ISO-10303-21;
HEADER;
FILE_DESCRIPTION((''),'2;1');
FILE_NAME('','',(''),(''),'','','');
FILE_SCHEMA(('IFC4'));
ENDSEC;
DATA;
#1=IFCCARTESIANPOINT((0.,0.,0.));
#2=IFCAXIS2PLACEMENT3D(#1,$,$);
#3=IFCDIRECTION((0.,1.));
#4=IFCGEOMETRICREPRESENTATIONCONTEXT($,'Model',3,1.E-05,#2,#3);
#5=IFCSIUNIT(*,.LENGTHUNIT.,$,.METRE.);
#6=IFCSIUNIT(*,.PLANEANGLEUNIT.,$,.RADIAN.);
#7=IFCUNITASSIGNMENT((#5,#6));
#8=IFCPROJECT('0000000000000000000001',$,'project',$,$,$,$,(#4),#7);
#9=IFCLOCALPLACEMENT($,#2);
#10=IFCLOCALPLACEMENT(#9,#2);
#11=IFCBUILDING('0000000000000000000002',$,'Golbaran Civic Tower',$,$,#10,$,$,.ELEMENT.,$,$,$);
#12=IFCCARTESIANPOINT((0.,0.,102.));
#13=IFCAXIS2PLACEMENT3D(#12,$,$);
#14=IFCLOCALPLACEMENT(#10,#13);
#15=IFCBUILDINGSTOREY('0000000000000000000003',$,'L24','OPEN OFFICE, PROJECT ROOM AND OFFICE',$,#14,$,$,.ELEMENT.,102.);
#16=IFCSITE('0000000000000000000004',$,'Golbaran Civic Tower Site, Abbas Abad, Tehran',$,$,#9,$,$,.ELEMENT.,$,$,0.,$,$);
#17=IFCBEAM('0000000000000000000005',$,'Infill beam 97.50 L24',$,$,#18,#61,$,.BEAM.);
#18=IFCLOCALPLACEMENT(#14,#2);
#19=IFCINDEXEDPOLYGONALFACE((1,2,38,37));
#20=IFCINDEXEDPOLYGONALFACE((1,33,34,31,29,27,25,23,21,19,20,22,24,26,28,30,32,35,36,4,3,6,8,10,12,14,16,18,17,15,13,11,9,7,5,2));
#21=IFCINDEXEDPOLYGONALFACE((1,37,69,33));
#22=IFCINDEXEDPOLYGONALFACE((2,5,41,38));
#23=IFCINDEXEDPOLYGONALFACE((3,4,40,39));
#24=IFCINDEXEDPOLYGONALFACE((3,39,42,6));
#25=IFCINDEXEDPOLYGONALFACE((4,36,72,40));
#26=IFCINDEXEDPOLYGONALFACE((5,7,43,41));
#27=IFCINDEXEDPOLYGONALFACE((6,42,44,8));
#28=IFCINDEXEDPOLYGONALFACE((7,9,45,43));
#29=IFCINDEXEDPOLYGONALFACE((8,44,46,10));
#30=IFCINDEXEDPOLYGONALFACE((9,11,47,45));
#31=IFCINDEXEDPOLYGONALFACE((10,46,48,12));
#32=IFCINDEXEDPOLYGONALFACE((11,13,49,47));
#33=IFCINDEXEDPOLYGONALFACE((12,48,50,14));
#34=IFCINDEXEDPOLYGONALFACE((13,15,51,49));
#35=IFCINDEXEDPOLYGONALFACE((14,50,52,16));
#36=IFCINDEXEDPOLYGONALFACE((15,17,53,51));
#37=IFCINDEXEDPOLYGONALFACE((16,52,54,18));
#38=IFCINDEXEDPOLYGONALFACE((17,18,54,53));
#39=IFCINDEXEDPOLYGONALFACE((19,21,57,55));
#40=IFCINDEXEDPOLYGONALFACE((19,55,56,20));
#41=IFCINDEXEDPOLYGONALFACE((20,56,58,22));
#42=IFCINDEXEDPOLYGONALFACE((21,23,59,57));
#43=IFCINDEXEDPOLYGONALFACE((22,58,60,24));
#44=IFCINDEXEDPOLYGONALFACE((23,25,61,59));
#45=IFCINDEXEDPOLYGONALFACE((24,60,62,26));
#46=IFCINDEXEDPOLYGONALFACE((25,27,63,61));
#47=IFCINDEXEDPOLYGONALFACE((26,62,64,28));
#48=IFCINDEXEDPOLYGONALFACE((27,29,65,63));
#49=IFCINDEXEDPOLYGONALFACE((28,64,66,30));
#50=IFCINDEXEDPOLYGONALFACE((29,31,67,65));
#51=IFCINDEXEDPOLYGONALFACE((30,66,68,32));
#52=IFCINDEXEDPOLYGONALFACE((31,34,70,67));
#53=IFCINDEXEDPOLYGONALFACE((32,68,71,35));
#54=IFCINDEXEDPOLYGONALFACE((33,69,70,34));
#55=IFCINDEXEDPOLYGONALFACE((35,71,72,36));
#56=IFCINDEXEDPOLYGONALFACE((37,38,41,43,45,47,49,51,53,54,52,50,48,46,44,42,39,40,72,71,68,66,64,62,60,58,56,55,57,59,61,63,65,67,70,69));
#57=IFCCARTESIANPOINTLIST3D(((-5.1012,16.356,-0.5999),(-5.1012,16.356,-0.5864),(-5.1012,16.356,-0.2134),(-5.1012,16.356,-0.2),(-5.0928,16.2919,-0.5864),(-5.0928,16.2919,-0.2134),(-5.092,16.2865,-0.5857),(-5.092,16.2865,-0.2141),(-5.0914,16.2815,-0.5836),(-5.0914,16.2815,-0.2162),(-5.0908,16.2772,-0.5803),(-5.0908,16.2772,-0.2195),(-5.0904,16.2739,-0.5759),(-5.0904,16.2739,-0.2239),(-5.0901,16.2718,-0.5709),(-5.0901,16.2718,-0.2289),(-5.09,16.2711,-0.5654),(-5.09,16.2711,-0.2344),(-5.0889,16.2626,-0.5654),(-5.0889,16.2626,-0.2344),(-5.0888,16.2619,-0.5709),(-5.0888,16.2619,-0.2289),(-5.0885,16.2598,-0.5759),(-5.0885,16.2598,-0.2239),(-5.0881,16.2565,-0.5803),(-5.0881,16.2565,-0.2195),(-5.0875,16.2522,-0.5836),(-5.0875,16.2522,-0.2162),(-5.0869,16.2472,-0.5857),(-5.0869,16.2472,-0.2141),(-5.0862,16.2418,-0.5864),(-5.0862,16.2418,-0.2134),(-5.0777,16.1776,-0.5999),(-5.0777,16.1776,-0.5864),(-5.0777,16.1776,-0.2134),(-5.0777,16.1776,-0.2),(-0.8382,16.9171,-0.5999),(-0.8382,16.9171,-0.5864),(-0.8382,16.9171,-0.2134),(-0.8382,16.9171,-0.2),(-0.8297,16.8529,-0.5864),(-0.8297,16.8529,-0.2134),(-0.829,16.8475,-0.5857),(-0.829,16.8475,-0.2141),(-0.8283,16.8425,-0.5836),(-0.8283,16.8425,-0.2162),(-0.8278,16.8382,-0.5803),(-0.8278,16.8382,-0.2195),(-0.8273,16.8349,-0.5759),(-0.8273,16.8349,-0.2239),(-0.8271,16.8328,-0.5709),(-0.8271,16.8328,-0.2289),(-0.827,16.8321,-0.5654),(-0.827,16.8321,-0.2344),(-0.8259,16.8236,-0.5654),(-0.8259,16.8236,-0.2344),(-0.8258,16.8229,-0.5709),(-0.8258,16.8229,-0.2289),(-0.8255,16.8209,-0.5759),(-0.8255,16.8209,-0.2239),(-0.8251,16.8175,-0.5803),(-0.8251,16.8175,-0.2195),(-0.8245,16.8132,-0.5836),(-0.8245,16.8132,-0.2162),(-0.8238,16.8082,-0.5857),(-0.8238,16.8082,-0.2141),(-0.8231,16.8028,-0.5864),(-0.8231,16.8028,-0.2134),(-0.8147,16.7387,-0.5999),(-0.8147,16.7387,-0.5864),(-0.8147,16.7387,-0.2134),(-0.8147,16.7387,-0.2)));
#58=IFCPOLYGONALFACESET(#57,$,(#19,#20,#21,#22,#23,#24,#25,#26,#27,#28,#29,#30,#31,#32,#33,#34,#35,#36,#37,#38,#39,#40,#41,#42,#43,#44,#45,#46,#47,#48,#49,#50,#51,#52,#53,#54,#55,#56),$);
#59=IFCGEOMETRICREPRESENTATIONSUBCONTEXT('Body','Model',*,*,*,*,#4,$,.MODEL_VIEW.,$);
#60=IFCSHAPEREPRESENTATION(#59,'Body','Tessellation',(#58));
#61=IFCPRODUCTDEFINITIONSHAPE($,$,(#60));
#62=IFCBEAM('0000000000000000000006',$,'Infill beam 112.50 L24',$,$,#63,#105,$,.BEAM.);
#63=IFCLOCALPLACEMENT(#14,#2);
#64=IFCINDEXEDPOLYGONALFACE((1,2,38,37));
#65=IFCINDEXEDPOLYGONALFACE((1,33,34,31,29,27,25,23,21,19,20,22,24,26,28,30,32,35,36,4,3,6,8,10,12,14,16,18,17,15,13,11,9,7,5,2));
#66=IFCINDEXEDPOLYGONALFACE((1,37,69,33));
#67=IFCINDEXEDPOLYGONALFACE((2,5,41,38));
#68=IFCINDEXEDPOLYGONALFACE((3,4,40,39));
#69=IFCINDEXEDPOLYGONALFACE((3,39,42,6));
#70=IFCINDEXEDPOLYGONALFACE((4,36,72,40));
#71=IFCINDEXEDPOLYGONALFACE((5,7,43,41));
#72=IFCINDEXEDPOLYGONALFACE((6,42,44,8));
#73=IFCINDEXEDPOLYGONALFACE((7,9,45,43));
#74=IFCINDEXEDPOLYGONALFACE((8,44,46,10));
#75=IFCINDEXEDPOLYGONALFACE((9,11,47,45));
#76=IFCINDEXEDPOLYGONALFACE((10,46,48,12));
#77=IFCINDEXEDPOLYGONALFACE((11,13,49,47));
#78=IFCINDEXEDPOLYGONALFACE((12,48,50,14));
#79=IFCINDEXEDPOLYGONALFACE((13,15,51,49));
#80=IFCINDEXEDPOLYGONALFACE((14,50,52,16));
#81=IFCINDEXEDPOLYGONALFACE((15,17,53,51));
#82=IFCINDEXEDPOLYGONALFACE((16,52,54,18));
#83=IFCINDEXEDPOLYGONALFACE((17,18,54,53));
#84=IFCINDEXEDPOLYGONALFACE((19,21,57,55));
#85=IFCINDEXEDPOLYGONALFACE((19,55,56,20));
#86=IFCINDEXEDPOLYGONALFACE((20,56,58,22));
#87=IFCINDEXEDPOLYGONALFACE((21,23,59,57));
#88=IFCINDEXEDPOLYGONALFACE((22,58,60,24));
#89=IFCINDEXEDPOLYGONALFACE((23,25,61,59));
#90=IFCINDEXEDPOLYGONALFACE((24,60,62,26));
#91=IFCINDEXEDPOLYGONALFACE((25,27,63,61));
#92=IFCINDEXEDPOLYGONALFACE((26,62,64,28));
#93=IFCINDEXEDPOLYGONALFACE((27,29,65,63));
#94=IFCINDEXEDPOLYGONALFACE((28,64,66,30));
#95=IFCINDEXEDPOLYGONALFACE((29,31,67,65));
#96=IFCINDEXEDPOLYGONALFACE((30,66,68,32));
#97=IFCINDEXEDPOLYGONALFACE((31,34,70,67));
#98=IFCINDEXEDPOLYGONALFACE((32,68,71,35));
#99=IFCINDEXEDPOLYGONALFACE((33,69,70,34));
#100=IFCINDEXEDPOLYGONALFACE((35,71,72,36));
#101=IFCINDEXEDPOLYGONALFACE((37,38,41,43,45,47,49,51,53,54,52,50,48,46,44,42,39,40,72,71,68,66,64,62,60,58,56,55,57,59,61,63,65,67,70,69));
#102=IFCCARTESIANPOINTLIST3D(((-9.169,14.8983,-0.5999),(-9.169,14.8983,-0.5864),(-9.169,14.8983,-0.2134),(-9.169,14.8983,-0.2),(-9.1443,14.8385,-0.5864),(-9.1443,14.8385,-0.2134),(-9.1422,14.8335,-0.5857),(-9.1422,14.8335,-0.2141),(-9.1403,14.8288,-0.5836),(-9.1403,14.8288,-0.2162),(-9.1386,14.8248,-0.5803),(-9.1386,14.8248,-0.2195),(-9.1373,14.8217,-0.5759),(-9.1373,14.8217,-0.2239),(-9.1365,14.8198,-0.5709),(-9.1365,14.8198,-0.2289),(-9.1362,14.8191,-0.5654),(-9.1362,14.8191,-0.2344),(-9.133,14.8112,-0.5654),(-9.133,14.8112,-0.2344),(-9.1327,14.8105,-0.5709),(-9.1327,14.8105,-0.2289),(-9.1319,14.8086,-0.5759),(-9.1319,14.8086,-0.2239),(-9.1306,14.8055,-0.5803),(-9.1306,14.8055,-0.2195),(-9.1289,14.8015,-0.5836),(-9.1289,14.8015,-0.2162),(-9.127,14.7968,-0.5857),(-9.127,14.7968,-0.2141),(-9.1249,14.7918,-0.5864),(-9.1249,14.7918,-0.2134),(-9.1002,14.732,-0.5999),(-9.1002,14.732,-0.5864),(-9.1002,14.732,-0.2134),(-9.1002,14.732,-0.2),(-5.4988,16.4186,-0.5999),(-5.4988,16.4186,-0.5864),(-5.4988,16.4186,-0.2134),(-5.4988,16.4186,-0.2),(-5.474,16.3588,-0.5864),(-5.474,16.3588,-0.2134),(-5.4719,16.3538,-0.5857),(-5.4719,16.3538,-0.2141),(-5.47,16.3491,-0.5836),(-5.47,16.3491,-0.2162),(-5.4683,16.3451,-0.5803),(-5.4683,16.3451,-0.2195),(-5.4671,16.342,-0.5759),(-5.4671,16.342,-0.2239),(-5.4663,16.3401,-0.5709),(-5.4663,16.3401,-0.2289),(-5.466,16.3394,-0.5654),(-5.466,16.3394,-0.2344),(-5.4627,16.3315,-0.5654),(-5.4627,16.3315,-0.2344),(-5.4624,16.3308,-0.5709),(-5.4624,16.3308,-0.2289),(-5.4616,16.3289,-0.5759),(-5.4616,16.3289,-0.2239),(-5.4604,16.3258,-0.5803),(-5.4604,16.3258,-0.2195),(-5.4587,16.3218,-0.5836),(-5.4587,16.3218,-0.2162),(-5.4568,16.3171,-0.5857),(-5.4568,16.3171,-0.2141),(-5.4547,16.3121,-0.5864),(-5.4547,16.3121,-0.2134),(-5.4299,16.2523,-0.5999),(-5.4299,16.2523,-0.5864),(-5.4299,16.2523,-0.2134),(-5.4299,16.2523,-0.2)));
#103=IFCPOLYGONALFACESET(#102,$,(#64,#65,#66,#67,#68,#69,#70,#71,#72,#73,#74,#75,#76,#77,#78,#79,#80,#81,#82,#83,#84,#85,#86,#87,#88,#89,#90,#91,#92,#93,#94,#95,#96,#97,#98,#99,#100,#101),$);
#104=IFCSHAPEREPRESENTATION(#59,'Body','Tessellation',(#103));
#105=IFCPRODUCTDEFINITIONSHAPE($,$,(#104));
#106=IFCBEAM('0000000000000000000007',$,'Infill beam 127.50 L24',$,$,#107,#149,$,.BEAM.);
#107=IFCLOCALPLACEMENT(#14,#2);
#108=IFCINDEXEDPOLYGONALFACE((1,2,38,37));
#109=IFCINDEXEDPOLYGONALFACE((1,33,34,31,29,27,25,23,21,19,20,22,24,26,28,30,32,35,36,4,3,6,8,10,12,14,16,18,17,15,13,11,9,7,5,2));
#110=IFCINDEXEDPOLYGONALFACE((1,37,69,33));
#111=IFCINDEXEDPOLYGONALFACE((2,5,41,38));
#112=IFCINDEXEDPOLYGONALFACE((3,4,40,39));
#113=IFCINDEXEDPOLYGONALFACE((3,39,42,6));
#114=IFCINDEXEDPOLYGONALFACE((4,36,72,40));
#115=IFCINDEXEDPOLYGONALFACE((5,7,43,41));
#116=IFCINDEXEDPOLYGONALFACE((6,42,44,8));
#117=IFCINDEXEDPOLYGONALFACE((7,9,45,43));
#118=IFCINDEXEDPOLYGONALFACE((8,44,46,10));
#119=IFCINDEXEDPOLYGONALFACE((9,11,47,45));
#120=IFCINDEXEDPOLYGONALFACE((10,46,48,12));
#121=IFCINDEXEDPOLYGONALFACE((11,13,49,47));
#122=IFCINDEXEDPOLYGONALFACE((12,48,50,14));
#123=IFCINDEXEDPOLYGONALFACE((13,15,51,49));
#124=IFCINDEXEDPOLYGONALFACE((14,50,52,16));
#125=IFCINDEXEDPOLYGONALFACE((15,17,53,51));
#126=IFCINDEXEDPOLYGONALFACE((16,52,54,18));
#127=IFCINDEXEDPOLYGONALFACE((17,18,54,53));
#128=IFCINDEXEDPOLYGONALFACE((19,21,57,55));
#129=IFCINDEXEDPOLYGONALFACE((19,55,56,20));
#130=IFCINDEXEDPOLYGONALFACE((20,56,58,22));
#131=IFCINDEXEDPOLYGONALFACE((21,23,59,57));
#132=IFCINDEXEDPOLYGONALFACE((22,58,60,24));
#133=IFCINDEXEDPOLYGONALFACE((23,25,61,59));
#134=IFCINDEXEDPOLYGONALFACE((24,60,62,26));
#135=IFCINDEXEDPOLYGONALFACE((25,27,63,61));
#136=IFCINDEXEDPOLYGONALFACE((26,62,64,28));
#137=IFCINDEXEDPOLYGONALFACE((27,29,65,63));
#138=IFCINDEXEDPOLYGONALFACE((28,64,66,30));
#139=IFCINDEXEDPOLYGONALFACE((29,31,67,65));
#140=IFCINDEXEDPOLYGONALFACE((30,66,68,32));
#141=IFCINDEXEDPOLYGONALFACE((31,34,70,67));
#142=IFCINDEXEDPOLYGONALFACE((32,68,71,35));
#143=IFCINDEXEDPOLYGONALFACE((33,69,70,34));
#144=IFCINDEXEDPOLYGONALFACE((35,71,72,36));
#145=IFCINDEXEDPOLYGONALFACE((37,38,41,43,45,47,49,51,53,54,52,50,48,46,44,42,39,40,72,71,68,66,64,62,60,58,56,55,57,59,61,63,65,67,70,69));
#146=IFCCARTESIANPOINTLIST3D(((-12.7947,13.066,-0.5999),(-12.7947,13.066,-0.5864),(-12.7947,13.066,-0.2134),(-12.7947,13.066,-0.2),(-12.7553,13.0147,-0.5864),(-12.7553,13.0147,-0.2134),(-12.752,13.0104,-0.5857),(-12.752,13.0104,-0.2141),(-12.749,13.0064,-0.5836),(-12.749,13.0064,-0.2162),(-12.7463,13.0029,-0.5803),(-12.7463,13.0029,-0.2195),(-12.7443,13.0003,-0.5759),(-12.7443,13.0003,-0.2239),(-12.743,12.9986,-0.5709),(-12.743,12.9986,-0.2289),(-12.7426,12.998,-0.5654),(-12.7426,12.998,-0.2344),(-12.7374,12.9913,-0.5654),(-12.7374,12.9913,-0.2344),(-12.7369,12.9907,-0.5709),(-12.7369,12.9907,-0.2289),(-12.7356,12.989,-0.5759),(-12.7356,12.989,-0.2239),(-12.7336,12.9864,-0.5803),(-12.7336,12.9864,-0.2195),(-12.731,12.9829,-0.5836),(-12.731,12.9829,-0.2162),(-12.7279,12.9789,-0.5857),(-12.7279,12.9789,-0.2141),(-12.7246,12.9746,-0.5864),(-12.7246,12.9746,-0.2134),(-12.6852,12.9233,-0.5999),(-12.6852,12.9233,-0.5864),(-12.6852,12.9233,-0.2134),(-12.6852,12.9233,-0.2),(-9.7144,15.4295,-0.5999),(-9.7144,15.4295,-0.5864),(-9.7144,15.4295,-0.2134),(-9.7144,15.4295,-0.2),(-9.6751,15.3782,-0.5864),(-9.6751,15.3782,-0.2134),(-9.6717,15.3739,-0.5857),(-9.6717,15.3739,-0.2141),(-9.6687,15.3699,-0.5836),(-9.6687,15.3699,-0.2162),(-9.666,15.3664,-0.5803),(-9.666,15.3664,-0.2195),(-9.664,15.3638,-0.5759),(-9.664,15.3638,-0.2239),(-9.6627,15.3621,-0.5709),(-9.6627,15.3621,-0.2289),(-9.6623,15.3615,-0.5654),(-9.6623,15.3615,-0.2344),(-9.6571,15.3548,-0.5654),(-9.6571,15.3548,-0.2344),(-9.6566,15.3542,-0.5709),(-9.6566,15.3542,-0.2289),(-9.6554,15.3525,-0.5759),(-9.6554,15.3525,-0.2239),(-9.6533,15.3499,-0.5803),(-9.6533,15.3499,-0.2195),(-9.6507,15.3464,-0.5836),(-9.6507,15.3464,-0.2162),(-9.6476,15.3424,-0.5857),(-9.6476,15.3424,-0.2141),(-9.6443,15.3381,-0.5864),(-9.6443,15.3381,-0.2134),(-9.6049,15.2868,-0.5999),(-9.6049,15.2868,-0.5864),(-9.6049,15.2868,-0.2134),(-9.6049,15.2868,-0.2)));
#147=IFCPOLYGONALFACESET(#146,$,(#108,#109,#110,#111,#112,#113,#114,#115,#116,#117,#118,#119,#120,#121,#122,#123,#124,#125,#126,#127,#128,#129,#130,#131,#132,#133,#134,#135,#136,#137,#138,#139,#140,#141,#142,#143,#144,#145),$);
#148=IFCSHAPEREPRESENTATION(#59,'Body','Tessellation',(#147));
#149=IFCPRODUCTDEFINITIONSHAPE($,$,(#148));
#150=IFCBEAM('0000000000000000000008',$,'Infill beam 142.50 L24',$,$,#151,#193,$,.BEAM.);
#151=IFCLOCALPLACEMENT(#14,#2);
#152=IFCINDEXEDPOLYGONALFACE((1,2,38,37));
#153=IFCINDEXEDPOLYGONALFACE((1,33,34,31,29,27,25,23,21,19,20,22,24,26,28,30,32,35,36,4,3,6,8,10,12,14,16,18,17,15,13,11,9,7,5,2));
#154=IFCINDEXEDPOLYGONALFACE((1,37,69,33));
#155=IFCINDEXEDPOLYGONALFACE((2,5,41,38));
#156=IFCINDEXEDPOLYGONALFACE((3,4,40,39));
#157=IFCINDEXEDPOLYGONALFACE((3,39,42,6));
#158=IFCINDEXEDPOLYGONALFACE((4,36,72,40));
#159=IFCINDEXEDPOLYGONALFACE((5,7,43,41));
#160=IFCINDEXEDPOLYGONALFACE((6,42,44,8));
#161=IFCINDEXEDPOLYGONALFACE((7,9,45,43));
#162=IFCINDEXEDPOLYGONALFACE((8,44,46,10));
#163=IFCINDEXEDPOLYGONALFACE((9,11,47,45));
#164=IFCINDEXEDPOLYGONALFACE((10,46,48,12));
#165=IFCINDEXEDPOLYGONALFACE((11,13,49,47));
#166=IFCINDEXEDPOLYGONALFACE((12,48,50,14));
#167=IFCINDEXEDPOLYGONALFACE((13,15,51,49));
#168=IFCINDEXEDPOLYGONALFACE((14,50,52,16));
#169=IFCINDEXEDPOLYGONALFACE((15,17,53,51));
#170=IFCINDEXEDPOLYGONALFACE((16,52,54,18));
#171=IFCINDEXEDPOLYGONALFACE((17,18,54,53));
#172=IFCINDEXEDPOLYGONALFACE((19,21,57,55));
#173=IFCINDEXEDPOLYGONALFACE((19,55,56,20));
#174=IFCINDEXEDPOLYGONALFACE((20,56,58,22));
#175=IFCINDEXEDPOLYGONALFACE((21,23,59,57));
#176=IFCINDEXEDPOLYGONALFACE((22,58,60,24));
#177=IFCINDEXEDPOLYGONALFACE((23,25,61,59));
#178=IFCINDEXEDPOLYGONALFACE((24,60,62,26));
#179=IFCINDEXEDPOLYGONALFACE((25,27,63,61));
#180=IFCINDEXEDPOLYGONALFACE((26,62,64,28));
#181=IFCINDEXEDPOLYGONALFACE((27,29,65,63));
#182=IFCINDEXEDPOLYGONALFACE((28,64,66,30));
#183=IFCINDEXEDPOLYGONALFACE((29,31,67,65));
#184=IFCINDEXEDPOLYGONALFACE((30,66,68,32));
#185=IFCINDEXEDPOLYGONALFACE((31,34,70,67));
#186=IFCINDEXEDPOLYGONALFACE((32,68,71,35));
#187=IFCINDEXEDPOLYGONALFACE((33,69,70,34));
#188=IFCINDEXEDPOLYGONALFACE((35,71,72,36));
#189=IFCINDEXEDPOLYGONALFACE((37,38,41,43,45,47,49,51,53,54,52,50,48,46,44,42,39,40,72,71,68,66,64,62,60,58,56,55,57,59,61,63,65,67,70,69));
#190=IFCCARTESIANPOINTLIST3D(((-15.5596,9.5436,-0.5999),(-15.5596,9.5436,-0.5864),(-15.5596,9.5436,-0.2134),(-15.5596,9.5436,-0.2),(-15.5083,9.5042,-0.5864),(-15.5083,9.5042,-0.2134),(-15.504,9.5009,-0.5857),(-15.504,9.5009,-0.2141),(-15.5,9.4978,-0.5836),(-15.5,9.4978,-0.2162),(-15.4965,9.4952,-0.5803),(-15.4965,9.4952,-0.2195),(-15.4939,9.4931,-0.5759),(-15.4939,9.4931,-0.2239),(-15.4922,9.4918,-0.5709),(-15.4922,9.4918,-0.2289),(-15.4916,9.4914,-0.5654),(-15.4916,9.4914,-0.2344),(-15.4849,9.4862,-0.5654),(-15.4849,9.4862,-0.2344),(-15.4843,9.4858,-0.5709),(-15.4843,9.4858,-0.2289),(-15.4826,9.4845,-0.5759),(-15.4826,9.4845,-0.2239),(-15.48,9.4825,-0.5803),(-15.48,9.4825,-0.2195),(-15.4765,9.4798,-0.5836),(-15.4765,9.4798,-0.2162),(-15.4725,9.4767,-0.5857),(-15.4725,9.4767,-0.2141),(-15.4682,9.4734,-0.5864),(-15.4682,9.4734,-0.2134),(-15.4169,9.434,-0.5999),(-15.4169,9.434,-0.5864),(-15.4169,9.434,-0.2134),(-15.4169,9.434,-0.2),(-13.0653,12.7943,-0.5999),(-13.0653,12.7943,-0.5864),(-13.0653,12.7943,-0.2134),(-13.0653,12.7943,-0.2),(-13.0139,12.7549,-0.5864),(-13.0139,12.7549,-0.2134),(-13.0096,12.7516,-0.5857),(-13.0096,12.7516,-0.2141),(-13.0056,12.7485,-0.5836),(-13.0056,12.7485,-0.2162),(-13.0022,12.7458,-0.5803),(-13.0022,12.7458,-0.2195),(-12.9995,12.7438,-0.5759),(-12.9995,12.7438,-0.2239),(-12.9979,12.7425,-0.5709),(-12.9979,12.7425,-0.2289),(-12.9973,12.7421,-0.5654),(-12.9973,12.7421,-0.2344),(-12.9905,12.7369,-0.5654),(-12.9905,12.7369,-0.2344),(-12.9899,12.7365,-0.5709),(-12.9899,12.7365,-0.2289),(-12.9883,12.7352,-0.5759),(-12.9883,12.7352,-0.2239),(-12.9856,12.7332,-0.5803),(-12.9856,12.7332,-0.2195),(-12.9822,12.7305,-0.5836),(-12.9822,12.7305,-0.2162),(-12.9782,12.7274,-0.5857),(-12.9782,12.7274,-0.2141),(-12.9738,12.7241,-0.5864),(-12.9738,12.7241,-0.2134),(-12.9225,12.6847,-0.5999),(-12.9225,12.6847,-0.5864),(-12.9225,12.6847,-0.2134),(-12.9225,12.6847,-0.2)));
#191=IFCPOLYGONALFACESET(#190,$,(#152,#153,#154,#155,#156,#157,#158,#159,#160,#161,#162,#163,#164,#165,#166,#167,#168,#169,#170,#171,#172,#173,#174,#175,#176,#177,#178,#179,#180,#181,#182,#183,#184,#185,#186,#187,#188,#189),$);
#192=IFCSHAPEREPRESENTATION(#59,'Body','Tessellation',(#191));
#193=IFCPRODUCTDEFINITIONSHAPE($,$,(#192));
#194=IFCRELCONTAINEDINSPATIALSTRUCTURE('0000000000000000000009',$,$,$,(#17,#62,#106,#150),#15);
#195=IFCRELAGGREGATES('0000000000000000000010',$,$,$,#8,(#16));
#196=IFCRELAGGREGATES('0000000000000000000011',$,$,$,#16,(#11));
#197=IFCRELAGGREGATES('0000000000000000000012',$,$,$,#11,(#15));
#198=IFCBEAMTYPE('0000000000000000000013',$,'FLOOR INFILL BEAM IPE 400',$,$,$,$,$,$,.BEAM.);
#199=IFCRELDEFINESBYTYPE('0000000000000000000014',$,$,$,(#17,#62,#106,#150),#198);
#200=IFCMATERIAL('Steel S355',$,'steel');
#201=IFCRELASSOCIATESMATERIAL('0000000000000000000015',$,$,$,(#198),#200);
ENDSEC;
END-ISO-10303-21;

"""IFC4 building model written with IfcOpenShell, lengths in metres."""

from ifc_helpers import new_model, si_unit, direction, frame, origin, origin_2d, place, context, subcontext, project, spatial, i_section, extrude, material, material_profile, profile_set, type_object, element, save


model = new_model("IFC4")

# Units and contexts
model_context = context("Model", 3, precision=1e-05, world=origin(), true_north=direction((0.0, 1.0)))
body_context = subcontext(model_context, "Body", "Model", "MODEL_VIEW")
ifc_project = project(units=[si_unit("LENGTHUNIT", "METRE"), si_unit("PLANEANGLEUNIT", "RADIAN")], contexts=[model_context])

# Site, building, storey
site_placement = place(None, origin())
site = spatial("IfcSite", under=ifc_project, at=site_placement, Name="Golbaran Civic Tower Site, Abbas Abad, Tehran", CompositionType="ELEMENT", RefElevation=0.0)
building_placement = place(site_placement, origin())
building = spatial("IfcBuilding", under=site, at=building_placement, Name="Golbaran Civic Tower", CompositionType="ELEMENT")
storey_placement = place(building_placement, frame((0.0, 0.0, 102.0)))
storey = spatial("IfcBuildingStorey", under=building, at=storey_placement, Name="L24", Description="OPEN OFFICE, PROJECT ROOM AND OFFICE", CompositionType="ELEMENT", Elevation=102.0)

# Beams
ifc_material_1 = material(Name="Steel S355", Category="steel")
ifc_material_profile_1 = material_profile(ifc_material_1, i_section(OverallWidth=0.1799, OverallDepth=0.3999, WebThickness=0.0085, FlangeThickness=0.0134, FilletRadius=0.021, at=origin_2d()), Name="IPE 400")
ifc_profile_set_1 = profile_set([ifc_material_profile_1], Name="Steel S355")
beam_type_1 = type_object("IfcBeamType", Name="FLOOR INFILL BEAM IPE 400", PredefinedType="BEAM", material=ifc_profile_set_1)
beam_1_placement = place(storey_placement, frame((-0.8264, 16.8279, -0.3999), z_axis=(-0.991451, -0.130482, 0.0), x_axis=(0.130482, -0.991451, 0.0)))
element("IfcBeam", 1, at=beam_1_placement, inside=storey, type_object=beam_type_1, Name="Infill beam 97.50 L24", PredefinedType="BEAM", context=body_context, shape_type="SweptSolid", body=[
    extrude(i_section(OverallWidth=0.1799, OverallDepth=0.3999, WebThickness=0.0085, FlangeThickness=0.0134, FilletRadius=0.021, at=origin_2d()), origin(), (0.0, 0.0, 1.0), 4.2998),
])
beam_2_placement = place(storey_placement, frame((-5.4644, 16.3354, -0.3999), z_axis=(-0.923877, -0.38269, 0.0), x_axis=(0.38269, -0.923877, 0.0)))
element("IfcBeam", 2, at=beam_2_placement, inside=storey, type_object=beam_type_1, Name="Infill beam 112.50 L24", PredefinedType="BEAM", context=body_context, shape_type="SweptSolid", body=[
    extrude(i_section(OverallWidth=0.1799, OverallDepth=0.3999, WebThickness=0.0085, FlangeThickness=0.0134, FilletRadius=0.021, at=origin_2d()), origin(), (0.0, 0.0, 1.0), 3.9727),
])
beam_3_placement = place(storey_placement, frame((-9.6597, 15.3582, -0.3999), z_axis=(-0.793364, -0.608747, 0.0), x_axis=(0.608747, -0.793364, 0.0)))
element("IfcBeam", 3, at=beam_3_placement, inside=storey, type_object=beam_type_1, Name="Infill beam 127.50 L24", PredefinedType="BEAM", context=body_context, shape_type="SweptSolid", body=[
    extrude(i_section(OverallWidth=0.1799, OverallDepth=0.3999, WebThickness=0.0085, FlangeThickness=0.0134, FilletRadius=0.021, at=origin_2d()), origin(), (0.0, 0.0, 1.0), 3.8826),
])
beam_4_placement = place(storey_placement, frame((-12.9939, 12.7395, -0.3999), z_axis=(-0.608763, -0.793352, 0.0), x_axis=(0.793352, -0.608763, 0.0)))
element("IfcBeam", 4, at=beam_4_placement, inside=storey, type_object=beam_type_1, Name="Infill beam 142.50 L24", PredefinedType="BEAM", context=body_context, shape_type="SweptSolid", body=[
    extrude(i_section(OverallWidth=0.1799, OverallDepth=0.3999, WebThickness=0.0085, FlangeThickness=0.0134, FilletRadius=0.021, at=origin_2d()), origin(), (0.0, 0.0, 1.0), 4.0974),
])

save(model, "model.ifc")
